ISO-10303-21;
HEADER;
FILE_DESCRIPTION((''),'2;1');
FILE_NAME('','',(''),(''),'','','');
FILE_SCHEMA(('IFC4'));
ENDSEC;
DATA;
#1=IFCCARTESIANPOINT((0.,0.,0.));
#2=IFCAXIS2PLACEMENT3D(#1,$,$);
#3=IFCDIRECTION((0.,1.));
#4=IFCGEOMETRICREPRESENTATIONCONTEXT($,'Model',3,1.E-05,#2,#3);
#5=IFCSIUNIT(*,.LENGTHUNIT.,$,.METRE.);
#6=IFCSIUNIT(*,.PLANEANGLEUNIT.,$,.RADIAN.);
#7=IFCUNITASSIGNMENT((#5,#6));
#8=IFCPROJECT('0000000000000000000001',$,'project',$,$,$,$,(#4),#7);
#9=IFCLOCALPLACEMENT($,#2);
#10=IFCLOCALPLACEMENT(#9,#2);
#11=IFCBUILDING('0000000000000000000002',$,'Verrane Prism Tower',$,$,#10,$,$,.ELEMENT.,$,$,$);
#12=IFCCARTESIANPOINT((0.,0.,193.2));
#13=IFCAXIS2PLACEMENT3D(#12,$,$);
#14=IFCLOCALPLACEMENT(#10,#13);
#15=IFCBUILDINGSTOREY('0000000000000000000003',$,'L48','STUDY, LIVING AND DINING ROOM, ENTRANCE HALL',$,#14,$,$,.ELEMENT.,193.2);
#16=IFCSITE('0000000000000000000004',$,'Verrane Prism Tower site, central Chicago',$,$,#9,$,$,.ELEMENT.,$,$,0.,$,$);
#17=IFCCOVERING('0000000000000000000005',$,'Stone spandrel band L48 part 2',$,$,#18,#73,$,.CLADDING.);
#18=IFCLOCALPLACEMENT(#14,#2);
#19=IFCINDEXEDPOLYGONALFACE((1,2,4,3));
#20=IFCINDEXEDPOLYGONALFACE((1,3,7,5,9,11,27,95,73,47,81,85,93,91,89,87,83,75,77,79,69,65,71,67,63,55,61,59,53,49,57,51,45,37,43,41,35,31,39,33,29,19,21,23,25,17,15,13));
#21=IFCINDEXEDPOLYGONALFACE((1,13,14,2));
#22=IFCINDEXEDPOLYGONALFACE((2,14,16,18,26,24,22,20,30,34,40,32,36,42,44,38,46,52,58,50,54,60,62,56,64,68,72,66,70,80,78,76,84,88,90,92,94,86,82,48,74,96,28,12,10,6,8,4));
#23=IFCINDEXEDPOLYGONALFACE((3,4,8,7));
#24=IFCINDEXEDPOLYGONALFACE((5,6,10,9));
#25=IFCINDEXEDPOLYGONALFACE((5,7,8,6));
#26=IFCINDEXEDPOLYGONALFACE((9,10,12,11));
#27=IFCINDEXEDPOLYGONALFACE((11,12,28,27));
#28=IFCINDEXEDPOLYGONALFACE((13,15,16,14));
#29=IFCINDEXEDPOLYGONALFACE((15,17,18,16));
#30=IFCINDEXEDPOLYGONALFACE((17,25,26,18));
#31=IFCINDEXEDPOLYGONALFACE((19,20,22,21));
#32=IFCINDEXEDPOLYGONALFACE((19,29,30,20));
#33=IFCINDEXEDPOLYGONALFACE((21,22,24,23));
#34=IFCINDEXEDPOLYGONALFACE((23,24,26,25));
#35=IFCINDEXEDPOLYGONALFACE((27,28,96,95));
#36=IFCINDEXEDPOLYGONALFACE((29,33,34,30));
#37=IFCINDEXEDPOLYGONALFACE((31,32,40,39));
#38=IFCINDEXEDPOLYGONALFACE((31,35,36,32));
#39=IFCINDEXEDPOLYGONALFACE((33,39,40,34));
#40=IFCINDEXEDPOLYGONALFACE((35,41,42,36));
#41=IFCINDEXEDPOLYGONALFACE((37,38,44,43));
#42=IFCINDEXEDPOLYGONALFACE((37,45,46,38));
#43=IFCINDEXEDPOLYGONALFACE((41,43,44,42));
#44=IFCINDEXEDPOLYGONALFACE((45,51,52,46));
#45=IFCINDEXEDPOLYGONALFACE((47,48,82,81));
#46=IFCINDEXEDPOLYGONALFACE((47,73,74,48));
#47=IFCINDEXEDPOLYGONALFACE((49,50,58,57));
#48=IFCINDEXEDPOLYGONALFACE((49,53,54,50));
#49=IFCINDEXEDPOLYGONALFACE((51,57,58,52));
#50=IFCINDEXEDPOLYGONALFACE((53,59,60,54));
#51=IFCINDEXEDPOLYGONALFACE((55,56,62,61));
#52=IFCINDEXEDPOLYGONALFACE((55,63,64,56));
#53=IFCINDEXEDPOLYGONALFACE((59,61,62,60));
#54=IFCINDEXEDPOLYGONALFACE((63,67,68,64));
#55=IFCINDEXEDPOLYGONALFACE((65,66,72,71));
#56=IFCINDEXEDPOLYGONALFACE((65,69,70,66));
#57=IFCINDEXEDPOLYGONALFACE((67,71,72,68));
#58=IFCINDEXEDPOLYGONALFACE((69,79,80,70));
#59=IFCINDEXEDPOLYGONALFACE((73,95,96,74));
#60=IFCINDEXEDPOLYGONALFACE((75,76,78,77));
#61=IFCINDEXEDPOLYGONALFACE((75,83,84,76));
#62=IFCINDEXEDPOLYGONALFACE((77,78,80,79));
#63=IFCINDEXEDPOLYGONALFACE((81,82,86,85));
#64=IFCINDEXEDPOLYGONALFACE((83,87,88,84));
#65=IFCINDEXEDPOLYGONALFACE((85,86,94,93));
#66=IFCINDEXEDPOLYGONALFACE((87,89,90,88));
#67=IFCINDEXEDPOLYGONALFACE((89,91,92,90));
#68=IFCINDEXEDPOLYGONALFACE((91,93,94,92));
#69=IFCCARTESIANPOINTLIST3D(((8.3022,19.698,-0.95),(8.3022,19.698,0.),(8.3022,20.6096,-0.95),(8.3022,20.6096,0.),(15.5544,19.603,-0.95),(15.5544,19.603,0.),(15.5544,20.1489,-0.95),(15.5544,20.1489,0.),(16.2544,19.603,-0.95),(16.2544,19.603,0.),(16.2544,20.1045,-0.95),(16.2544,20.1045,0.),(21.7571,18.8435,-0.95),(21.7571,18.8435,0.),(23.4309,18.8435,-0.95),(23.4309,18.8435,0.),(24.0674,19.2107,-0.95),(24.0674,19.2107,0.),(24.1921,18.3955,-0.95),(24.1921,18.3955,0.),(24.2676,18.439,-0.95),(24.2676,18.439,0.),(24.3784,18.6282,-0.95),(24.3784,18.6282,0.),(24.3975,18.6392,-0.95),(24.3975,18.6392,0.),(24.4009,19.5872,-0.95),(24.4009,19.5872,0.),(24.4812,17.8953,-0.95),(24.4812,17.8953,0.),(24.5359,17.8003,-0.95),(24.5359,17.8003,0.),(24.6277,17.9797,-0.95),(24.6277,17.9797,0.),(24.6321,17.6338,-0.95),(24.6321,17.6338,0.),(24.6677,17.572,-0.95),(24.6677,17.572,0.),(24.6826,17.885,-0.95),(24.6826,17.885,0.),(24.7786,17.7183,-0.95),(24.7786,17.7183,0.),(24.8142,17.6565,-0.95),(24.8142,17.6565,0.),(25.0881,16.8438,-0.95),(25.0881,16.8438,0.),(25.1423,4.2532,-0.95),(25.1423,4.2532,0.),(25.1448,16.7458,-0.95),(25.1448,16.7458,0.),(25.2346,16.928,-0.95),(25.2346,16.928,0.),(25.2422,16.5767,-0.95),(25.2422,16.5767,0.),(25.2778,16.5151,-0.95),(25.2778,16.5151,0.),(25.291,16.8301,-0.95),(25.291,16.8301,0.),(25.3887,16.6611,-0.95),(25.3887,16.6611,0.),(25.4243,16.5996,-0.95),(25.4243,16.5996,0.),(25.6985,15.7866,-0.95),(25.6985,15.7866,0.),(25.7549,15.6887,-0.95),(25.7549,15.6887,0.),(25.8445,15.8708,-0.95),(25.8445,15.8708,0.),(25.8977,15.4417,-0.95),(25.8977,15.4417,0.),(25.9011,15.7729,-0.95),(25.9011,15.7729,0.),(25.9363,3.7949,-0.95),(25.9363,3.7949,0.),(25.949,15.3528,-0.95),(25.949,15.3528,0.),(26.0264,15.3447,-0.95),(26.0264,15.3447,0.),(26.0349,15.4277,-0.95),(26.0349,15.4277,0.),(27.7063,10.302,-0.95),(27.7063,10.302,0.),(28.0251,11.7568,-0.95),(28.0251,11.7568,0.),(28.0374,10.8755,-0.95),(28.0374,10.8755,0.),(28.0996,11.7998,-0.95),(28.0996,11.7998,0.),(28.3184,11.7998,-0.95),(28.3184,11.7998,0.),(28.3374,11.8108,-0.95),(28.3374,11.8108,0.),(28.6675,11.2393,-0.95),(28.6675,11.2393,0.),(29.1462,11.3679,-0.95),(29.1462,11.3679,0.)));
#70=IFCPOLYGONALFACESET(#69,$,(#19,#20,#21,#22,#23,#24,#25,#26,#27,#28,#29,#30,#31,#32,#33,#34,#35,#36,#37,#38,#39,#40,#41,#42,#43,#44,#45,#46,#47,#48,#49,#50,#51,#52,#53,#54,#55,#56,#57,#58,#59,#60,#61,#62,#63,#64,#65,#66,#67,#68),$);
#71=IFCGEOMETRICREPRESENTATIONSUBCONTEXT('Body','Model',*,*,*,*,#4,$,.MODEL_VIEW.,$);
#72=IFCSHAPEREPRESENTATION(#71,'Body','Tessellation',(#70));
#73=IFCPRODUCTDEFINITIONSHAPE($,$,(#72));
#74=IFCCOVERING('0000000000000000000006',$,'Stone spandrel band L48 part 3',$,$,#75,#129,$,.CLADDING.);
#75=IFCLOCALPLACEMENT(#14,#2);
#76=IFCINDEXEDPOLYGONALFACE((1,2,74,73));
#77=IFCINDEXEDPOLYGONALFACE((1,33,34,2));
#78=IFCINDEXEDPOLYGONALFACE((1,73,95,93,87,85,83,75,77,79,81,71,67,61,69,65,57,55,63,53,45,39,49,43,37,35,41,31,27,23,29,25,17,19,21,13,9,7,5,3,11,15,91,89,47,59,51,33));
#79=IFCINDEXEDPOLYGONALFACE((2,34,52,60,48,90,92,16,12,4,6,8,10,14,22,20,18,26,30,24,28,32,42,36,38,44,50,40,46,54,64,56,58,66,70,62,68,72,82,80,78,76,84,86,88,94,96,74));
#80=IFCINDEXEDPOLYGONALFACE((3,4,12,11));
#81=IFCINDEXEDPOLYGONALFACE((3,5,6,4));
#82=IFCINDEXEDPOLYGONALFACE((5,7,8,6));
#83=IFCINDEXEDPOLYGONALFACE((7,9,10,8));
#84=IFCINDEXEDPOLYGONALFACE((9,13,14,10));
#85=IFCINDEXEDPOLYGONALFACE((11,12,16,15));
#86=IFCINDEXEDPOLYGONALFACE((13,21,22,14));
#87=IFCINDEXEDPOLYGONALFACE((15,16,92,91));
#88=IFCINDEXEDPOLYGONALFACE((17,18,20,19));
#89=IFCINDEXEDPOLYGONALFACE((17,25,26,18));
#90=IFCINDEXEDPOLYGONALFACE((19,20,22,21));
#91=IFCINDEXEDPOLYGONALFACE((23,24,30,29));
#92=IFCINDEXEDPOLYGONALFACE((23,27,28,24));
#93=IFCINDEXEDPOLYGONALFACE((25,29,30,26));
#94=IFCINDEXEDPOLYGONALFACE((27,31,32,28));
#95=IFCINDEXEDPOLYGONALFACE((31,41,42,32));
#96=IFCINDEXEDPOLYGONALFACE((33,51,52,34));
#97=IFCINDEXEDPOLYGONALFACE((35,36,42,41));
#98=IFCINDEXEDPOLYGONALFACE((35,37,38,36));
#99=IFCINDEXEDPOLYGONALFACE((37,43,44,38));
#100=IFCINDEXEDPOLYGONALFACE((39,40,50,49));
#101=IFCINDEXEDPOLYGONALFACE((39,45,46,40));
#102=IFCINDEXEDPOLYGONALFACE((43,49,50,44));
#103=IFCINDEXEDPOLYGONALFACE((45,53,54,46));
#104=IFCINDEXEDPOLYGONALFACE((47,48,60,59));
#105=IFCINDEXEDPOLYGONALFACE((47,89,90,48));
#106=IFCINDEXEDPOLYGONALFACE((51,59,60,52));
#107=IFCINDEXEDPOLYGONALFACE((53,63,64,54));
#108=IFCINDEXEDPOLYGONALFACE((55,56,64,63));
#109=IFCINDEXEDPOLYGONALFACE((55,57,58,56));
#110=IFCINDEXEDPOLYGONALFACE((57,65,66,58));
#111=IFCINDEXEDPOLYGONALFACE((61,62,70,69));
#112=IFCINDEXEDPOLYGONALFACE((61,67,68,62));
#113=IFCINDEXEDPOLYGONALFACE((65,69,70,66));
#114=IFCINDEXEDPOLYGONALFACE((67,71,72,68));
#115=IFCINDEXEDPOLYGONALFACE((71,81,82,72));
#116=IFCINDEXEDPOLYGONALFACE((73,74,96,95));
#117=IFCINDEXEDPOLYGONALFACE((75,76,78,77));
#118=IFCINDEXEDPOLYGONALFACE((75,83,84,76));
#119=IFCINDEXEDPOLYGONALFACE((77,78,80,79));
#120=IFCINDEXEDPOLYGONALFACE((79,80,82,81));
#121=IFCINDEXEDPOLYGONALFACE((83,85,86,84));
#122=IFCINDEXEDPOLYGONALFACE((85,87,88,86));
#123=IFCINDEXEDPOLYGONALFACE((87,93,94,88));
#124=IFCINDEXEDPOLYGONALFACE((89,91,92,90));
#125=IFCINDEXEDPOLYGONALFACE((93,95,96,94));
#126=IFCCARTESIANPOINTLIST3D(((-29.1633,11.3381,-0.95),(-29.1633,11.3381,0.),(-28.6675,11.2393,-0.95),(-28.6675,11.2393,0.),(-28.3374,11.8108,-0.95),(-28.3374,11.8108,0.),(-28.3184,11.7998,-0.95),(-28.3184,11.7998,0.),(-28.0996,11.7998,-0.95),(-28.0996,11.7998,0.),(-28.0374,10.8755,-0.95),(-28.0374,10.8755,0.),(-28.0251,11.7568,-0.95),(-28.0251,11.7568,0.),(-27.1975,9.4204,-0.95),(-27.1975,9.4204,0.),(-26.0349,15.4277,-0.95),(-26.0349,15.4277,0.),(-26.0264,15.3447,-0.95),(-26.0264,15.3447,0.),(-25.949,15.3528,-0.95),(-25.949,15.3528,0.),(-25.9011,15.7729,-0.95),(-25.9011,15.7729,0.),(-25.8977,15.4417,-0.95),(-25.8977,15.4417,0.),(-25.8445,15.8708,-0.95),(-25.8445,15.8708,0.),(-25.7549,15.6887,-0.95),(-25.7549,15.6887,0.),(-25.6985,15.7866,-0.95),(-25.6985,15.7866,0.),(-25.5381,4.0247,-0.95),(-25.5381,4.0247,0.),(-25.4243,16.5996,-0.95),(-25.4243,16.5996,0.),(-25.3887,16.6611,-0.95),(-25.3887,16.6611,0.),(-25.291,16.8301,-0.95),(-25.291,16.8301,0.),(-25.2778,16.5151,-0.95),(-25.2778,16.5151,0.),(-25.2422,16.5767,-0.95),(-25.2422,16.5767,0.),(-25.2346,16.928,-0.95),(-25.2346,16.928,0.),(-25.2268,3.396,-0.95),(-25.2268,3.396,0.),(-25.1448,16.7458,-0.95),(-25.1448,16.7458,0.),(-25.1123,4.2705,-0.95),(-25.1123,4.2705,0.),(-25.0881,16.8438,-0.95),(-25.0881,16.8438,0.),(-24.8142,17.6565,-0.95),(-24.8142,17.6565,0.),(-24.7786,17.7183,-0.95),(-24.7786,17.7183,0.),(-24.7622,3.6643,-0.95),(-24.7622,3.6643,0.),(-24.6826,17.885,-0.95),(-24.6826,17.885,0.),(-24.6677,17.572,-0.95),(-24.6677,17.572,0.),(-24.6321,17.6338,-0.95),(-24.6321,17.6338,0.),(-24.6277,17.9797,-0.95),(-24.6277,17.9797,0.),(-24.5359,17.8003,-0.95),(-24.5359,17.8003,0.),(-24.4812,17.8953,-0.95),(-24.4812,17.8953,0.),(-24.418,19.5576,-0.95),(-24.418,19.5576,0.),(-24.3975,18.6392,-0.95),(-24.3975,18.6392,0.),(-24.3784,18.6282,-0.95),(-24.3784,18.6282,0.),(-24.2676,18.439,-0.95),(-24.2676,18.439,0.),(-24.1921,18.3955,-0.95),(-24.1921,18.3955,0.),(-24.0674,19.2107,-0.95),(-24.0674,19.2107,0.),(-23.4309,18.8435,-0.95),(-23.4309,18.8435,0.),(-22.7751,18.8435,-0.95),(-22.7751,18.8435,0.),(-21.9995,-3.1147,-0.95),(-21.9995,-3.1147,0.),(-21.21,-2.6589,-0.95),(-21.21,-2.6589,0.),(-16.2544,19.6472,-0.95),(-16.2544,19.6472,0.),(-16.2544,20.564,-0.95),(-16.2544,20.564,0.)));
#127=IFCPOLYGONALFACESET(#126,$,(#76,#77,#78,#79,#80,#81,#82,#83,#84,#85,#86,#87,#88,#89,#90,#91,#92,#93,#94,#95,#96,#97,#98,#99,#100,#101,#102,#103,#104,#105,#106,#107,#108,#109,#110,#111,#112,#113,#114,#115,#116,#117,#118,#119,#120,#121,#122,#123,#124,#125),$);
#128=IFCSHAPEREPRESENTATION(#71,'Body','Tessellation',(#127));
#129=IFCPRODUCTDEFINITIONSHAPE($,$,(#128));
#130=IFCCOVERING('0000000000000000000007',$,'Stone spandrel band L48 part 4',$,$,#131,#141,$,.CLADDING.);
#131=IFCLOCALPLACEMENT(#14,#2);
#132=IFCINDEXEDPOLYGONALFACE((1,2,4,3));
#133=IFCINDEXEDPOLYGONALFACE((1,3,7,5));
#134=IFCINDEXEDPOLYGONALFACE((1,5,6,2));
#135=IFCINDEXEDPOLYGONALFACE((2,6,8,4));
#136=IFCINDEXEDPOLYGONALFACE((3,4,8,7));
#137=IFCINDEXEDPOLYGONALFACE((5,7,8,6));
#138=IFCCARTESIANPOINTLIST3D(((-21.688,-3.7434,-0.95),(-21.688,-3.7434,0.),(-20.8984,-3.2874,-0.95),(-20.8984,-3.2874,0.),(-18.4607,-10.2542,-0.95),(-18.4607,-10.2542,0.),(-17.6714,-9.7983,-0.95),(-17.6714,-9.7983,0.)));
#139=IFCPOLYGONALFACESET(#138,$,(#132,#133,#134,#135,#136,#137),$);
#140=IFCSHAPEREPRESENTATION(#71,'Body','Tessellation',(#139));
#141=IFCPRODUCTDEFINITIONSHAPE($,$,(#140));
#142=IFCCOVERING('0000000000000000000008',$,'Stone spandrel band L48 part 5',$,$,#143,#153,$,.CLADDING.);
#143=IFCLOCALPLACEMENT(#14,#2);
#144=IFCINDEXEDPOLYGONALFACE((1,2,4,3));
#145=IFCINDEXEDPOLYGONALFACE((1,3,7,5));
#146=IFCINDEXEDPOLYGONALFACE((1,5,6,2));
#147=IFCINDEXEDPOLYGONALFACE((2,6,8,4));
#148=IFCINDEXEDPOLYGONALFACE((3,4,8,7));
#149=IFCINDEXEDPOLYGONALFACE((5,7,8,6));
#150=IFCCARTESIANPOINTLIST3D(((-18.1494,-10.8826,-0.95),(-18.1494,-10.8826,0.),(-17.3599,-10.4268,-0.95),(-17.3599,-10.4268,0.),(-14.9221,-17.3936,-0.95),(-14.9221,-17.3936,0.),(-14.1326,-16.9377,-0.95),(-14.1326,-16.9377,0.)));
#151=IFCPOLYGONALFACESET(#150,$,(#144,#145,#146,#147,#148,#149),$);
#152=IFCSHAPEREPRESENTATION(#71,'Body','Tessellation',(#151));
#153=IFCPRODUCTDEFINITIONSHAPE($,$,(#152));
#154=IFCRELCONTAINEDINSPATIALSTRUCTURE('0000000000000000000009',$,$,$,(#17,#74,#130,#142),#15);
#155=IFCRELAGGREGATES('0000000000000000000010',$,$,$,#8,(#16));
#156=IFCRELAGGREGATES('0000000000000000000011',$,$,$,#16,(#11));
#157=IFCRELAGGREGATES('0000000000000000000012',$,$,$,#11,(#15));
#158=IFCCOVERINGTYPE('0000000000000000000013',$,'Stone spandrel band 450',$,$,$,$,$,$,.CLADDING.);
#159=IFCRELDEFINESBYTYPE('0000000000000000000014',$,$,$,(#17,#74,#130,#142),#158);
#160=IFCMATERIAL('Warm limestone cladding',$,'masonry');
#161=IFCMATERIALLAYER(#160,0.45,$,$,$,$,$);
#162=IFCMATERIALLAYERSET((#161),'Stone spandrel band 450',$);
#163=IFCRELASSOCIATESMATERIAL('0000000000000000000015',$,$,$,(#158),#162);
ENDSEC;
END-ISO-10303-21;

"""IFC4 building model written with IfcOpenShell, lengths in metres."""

from ifc_helpers import new_model, si_unit, direction, frame, origin, place, context, subcontext, project, spatial, polyline, outline, extrude, material, layer, layer_set, type_object, element, save


model = new_model("IFC4")

# Units and contexts
model_context = context("Model", 3, precision=1e-05, world=origin(), true_north=direction((0.0, 1.0)))
body_context = subcontext(model_context, "Body", "Model", "MODEL_VIEW")
ifc_project = project(units=[si_unit("LENGTHUNIT", "METRE"), si_unit("PLANEANGLEUNIT", "RADIAN")], contexts=[model_context])

# Site, building, storey
site_placement = place(None, origin())
site = spatial("IfcSite", under=ifc_project, at=site_placement, Name="Verrane Prism Tower site, central Chicago", CompositionType="ELEMENT", RefElevation=0.0)
building_placement = place(site_placement, origin())
building = spatial("IfcBuilding", under=site, at=building_placement, Name="Verrane Prism Tower", CompositionType="ELEMENT")
storey_placement = place(building_placement, frame((0.0, 0.0, 193.2)))
storey = spatial("IfcBuildingStorey", under=building, at=storey_placement, Name="L48", Description="STUDY, LIVING AND DINING ROOM, ENTRANCE HALL", CompositionType="ELEMENT", Elevation=193.2)

# Coverings
ifc_material_1 = material(Name="Warm limestone cladding", Category="masonry")
ifc_layer_1 = layer(ifc_material_1, 0.45)
ifc_layer_set_1 = layer_set([ifc_layer_1], Name="Stone spandrel band 450")
covering_type = type_object("IfcCoveringType", Name="Stone spandrel band 450", PredefinedType="CLADDING", material=ifc_layer_set_1)
covering_1_placement = place(storey_placement, frame((0.0, 0.0, -0.95)))
element("IfcCovering", 1, at=covering_1_placement, inside=storey, type_object=covering_type, Name="Stone spandrel band L48 part 2", PredefinedType="CLADDING", context=body_context, shape_type="SweptSolid", body=[
    extrude(outline(polyline([(8.3022, 19.698), (21.7571, 18.8435), (23.4309, 18.8435), (24.0674, 19.2107), (24.3975, 18.6392), (24.3784, 18.6282), (24.2676, 18.439), (24.1921, 18.3955), (24.4812, 17.8953), (24.6277, 17.9797), (24.6826, 17.885), (24.5359, 17.8003), (24.6321, 17.6338), (24.7786, 17.7183), (24.8142, 17.6565), (24.6677, 17.572), (25.0881, 16.8438), (25.2346, 16.928), (25.291, 16.8301), (25.1448, 16.7458), (25.2422, 16.5767), (25.3887, 16.6611), (25.4243, 16.5996), (25.2778, 16.5151), (25.6985, 15.7866), (25.8445, 15.8708), (25.9011, 15.7729), (25.7549, 15.6887), (25.8977, 15.4417), (26.0349, 15.4277), (26.0264, 15.3447), (25.949, 15.3528), (28.0251, 11.7568), (28.0996, 11.7998), (28.3184, 11.7998), (28.3374, 11.8108), (28.6675, 11.2393), (28.0374, 10.8755), (27.7063, 10.302), (25.1423, 4.2532), (25.9363, 3.7949), (29.1462, 11.3679), (24.4009, 19.5872), (16.2544, 20.1045), (16.2544, 19.603), (15.5544, 19.603), (15.5544, 20.1489), (8.3022, 20.6096), (8.3022, 19.698)])), origin(), (0.0, 0.0, 1.0), 0.95),
])
covering_2_placement = place(storey_placement, frame((0.0, 0.0, -0.95)))
element("IfcCovering", 2, at=covering_2_placement, inside=storey, type_object=covering_type, Name="Stone spandrel band L48 part 3", PredefinedType="CLADDING", context=body_context, shape_type="SweptSolid", body=[
    extrude(outline(polyline([(-21.9995, -3.1147), (-21.21, -2.6589), (-27.1975, 9.4204), (-28.0374, 10.8755), (-28.6675, 11.2393), (-28.3374, 11.8108), (-28.3184, 11.7998), (-28.0996, 11.7998), (-28.0251, 11.7568), (-25.949, 15.3528), (-26.0264, 15.3447), (-26.0349, 15.4277), (-25.8977, 15.4417), (-25.7549, 15.6887), (-25.9011, 15.7729), (-25.8445, 15.8708), (-25.6985, 15.7866), (-25.2778, 16.5151), (-25.4243, 16.5996), (-25.3887, 16.6611), (-25.2422, 16.5767), (-25.1448, 16.7458), (-25.291, 16.8301), (-25.2346, 16.928), (-25.0881, 16.8438), (-24.6677, 17.572), (-24.8142, 17.6565), (-24.7786, 17.7183), (-24.6321, 17.6338), (-24.5359, 17.8003), (-24.6826, 17.885), (-24.6277, 17.9797), (-24.4812, 17.8953), (-24.1921, 18.3955), (-24.2676, 18.439), (-24.3784, 18.6282), (-24.3975, 18.6392), (-24.0674, 19.2107), (-23.4309, 18.8435), (-22.7751, 18.8435), (-16.2544, 19.6472), (-16.2544, 20.564), (-24.418, 19.5576), (-29.1633, 11.3381), (-25.5381, 4.0247), (-25.1123, 4.2705), (-24.7622, 3.6643), (-25.2268, 3.396), (-21.9995, -3.1147)])), origin(), (0.0, 0.0, 1.0), 0.95),
])
covering_3_placement = place(storey_placement, frame((0.0, 0.0, -0.95)))
element("IfcCovering", 3, at=covering_3_placement, inside=storey, type_object=covering_type, Name="Stone spandrel band L48 part 4", PredefinedType="CLADDING", context=body_context, shape_type="SweptSolid", body=[
    extrude(outline(polyline([(-17.6714, -9.7983), (-20.8984, -3.2874), (-21.688, -3.7434), (-18.4607, -10.2542), (-17.6714, -9.7983)])), origin(), (0.0, 0.0, 1.0), 0.95),
])
covering_4_placement = place(storey_placement, frame((0.0, 0.0, -0.95)))
element("IfcCovering", 4, at=covering_4_placement, inside=storey, type_object=covering_type, Name="Stone spandrel band L48 part 5", PredefinedType="CLADDING", context=body_context, shape_type="SweptSolid", body=[
    extrude(outline(polyline([(-14.1326, -16.9377), (-17.3599, -10.4268), (-18.1494, -10.8826), (-14.9221, -17.3936), (-14.1326, -16.9377)])), origin(), (0.0, 0.0, 1.0), 0.95),
])

save(model, "model.ifc")
